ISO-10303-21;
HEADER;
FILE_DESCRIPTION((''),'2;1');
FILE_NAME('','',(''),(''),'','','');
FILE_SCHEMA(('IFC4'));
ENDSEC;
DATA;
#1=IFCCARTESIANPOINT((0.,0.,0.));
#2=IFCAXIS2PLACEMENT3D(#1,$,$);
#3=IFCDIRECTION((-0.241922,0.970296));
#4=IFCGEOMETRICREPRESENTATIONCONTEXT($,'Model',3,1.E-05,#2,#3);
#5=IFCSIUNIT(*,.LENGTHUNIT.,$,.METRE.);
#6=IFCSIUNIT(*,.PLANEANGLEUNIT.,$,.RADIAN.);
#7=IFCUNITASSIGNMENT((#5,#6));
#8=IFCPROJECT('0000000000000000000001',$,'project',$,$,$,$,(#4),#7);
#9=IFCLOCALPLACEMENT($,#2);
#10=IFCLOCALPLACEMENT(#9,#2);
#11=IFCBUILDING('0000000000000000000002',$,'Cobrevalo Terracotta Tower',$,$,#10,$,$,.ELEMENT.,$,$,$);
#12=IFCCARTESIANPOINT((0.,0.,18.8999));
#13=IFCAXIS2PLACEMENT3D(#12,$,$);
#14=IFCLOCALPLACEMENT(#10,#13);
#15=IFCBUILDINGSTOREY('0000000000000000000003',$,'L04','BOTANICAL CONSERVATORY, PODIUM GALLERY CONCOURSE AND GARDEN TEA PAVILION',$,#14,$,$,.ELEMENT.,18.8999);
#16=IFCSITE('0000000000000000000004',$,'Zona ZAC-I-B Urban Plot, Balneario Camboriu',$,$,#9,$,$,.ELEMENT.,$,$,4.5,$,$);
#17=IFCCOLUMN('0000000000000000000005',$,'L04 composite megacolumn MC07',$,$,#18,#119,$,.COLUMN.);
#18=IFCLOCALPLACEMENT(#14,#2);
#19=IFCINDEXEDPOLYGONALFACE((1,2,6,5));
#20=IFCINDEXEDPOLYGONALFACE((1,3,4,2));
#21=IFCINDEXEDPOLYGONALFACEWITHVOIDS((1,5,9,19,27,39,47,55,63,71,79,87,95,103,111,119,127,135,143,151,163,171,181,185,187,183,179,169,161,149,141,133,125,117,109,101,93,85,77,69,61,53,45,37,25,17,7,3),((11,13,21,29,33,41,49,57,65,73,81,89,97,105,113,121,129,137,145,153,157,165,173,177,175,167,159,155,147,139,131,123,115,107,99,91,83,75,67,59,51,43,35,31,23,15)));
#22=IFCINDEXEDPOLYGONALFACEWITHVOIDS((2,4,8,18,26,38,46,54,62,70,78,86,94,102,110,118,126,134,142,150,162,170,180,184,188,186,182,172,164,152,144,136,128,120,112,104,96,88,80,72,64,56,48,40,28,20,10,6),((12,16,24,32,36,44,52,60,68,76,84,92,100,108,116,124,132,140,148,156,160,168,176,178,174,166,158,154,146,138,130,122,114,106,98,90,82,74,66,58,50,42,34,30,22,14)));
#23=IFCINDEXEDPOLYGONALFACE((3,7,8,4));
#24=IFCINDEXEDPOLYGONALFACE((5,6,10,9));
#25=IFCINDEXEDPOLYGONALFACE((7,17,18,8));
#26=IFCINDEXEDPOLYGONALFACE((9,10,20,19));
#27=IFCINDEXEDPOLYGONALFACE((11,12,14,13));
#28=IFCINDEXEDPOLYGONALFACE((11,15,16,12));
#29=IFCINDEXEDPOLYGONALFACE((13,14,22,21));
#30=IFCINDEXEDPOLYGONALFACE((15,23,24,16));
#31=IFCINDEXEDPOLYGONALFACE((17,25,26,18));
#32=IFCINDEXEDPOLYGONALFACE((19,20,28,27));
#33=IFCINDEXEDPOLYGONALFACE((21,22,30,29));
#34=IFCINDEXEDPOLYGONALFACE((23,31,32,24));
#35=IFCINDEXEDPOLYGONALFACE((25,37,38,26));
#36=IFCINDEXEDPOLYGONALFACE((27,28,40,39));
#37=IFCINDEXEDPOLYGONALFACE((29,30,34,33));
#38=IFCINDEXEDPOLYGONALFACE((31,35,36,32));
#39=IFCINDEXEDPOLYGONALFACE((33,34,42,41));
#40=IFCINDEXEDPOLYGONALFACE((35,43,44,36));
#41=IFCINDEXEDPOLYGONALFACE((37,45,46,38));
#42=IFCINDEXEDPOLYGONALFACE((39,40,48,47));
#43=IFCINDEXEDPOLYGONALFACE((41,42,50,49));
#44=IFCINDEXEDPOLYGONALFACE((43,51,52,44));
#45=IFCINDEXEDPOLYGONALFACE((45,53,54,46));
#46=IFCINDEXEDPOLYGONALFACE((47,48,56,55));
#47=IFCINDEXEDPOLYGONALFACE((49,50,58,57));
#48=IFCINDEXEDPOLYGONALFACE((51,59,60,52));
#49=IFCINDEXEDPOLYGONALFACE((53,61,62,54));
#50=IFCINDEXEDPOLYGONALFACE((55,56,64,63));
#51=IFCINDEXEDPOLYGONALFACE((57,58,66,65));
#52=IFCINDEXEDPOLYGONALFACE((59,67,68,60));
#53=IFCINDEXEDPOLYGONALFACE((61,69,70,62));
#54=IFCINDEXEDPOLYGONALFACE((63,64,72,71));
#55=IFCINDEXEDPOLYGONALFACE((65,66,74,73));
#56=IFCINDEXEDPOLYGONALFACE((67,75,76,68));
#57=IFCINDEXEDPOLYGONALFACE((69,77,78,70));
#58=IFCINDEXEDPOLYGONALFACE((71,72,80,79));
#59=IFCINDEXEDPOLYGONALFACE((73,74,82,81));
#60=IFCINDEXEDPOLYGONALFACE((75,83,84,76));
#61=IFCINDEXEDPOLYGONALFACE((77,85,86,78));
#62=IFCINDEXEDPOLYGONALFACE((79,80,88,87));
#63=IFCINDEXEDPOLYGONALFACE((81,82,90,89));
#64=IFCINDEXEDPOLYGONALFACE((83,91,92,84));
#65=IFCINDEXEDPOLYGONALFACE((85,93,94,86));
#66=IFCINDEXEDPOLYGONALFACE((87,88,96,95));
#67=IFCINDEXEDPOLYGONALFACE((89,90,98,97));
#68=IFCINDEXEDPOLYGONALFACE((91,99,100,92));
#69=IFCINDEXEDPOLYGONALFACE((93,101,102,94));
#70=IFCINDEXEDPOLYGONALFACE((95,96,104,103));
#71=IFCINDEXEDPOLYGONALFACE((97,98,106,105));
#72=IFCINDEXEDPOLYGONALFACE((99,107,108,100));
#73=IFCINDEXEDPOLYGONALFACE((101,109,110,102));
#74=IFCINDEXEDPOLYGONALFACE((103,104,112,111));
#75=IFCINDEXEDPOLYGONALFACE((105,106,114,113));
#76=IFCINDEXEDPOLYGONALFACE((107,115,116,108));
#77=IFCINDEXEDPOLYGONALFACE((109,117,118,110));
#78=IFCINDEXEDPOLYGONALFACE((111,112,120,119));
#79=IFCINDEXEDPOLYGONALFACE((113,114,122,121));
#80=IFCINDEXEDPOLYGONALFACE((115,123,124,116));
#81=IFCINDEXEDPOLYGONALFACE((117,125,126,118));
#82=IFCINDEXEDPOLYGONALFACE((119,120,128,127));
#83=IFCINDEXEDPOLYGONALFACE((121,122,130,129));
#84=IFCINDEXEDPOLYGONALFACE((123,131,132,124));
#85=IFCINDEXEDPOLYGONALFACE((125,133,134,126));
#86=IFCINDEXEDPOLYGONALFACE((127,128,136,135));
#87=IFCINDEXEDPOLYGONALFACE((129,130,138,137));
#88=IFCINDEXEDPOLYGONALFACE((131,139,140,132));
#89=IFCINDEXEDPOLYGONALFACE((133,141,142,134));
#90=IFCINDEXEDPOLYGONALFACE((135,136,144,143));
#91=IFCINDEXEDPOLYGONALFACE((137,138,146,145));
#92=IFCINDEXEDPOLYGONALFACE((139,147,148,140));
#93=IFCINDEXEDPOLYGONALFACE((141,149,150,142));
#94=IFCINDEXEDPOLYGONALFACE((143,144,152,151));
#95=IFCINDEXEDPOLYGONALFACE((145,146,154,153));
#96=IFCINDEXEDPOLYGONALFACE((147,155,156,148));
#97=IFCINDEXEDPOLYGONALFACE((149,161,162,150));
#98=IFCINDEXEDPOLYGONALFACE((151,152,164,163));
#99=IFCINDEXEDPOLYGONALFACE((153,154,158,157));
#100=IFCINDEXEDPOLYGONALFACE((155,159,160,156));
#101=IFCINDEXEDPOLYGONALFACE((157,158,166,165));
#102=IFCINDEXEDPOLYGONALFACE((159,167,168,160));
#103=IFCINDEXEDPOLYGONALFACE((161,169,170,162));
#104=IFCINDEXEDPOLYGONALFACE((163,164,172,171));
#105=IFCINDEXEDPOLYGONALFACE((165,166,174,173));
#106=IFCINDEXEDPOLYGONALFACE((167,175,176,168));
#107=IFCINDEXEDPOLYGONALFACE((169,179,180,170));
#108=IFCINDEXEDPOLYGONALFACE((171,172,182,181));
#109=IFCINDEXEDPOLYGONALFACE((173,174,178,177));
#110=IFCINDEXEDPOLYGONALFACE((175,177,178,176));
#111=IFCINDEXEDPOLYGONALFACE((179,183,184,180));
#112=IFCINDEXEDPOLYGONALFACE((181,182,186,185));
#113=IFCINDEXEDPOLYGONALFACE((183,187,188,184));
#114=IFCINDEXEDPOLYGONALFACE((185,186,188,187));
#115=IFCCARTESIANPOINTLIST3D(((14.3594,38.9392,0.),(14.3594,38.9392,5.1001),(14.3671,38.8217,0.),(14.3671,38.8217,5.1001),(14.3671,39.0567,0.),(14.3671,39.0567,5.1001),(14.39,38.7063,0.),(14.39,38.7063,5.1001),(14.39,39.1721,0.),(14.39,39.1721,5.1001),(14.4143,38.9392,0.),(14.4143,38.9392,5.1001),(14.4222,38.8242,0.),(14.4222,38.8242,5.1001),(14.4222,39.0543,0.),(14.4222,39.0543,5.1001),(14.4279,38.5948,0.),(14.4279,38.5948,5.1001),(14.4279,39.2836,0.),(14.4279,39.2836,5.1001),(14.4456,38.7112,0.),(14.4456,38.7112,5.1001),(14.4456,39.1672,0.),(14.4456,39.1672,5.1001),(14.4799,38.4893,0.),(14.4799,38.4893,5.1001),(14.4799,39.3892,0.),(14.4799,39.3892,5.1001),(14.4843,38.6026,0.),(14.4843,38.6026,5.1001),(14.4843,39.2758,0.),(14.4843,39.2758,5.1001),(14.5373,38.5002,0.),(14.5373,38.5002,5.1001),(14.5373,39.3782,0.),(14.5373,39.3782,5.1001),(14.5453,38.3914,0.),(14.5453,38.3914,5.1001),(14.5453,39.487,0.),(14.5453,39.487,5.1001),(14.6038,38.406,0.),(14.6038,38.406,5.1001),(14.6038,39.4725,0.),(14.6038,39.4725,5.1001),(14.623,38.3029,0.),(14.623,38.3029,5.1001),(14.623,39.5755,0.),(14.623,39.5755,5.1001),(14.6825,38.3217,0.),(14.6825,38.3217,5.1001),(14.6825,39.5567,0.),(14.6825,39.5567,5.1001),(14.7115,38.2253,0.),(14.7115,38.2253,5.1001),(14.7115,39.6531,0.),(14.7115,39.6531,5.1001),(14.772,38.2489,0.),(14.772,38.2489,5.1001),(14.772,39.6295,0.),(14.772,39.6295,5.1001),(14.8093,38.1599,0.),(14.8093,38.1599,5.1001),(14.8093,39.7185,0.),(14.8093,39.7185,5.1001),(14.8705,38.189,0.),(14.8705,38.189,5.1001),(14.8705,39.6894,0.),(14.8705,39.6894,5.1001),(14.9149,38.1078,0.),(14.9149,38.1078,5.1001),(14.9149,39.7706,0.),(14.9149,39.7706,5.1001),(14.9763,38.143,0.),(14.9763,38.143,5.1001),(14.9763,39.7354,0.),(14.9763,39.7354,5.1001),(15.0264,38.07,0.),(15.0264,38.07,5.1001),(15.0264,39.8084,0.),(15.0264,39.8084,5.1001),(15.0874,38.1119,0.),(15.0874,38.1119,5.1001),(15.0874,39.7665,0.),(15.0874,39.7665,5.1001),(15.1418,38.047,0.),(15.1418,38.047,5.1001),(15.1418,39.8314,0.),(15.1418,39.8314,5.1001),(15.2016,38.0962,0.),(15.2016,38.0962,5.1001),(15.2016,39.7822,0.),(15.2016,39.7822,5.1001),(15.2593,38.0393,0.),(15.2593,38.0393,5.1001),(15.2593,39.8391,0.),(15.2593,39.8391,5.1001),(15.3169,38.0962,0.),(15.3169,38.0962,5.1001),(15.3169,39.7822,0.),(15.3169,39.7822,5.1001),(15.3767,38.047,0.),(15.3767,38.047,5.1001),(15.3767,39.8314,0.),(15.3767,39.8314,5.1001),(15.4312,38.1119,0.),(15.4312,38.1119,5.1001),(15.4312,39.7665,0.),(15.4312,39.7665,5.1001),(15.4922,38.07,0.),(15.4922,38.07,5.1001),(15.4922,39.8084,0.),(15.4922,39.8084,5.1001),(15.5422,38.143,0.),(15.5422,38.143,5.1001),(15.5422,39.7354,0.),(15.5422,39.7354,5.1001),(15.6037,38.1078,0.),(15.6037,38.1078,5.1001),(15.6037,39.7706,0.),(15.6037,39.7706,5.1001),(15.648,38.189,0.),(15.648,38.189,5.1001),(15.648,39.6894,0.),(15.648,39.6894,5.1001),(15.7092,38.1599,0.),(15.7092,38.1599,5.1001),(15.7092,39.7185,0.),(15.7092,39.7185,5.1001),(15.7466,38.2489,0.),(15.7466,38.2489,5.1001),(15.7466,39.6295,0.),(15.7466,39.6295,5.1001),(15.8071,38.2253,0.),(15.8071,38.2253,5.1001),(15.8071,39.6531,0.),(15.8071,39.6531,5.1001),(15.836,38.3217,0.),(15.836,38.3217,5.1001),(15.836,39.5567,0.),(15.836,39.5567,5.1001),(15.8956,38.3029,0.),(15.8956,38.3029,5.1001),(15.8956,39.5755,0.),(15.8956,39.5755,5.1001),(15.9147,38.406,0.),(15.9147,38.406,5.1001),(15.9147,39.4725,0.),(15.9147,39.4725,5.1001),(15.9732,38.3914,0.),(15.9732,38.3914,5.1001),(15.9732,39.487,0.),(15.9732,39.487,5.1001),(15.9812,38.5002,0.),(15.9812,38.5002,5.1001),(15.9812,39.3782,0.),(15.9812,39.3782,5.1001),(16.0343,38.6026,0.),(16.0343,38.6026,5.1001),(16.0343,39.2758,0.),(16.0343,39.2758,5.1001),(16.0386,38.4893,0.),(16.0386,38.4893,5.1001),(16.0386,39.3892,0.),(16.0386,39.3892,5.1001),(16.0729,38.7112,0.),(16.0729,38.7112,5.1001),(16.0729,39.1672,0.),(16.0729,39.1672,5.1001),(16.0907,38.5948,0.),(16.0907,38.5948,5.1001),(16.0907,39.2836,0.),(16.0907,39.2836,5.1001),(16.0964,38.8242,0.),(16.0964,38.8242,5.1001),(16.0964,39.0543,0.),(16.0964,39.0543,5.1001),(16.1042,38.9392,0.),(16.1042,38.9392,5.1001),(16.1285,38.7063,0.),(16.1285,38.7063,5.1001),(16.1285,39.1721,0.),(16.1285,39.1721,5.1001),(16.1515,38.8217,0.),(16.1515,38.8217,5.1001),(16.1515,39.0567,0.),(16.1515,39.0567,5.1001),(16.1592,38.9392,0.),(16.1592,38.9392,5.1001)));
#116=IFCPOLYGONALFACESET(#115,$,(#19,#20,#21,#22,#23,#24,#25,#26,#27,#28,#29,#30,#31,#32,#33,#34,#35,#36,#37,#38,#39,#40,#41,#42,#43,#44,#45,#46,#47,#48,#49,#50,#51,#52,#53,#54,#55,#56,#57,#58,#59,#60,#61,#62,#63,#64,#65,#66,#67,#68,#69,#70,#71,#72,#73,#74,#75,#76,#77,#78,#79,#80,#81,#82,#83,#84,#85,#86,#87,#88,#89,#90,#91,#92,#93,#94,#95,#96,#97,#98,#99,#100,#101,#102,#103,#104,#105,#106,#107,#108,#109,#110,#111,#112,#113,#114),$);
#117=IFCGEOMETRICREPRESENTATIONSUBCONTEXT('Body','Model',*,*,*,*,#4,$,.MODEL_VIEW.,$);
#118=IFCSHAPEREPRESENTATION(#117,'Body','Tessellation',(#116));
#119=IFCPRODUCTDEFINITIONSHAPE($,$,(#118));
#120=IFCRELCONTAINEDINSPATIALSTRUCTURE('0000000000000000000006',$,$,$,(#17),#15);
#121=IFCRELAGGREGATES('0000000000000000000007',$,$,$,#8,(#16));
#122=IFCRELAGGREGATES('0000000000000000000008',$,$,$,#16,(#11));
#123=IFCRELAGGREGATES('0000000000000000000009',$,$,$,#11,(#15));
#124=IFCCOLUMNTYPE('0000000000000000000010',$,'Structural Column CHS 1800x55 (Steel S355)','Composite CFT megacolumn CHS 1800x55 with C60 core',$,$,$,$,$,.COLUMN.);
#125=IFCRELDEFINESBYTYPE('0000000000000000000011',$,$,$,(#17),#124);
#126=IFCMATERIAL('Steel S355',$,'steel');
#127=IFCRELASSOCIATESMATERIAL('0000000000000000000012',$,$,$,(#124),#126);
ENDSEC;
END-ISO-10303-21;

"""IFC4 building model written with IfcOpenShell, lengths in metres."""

from ifc_helpers import new_model, si_unit, direction, frame, origin, origin_2d, place, context, subcontext, project, spatial, hollow_circle, extrude, material, material_profile, profile_set, type_object, element, save


model = new_model("IFC4")

# Units and contexts
model_context = context("Model", 3, precision=1e-05, world=origin(), true_north=direction((-0.241922, 0.970296)))
body_context = subcontext(model_context, "Body", "Model", "MODEL_VIEW")
ifc_project = project(units=[si_unit("LENGTHUNIT", "METRE"), si_unit("PLANEANGLEUNIT", "RADIAN")], contexts=[model_context])

# Site, building, storey
site_placement = place(None, origin())
site = spatial("IfcSite", under=ifc_project, at=site_placement, Name="Zona ZAC-I-B Urban Plot, Balneario Camboriu", CompositionType="ELEMENT", RefElevation=4.5)
building_placement = place(site_placement, origin())
building = spatial("IfcBuilding", under=site, at=building_placement, Name="Cobrevalo Terracotta Tower", CompositionType="ELEMENT")
storey_placement = place(building_placement, frame((0.0, 0.0, 18.8999)))
storey = spatial("IfcBuildingStorey", under=building, at=storey_placement, Name="L04", Description="BOTANICAL CONSERVATORY, PODIUM GALLERY CONCOURSE AND GARDEN TEA PAVILION", CompositionType="ELEMENT", Elevation=18.8999)

# Column
ifc_material_1 = material(Name="Steel S355", Category="steel")
ifc_material_profile_1 = material_profile(ifc_material_1, hollow_circle(Radius=0.8999, WallThickness=0.0549, at=origin_2d()), Name="CHS 1800x55")
ifc_profile_set_1 = profile_set([ifc_material_profile_1], Name="Steel S355")
column_type_1 = type_object("IfcColumnType", Name="Structural Column CHS 1800x55 (Steel S355)", Description="Composite CFT megacolumn CHS 1800x55 with C60 core", PredefinedType="COLUMN", material=ifc_profile_set_1)
for number, where, z_axis, x_axis, name in (
    (1, (15.2593, 38.9392, 0.0), (0.0, 0.0, 1.0), (1.0, 0.0, 0.0), "L04 composite megacolumn MC07"),
):
    element("IfcColumn", number, at=place(storey_placement, frame(where, z_axis=z_axis, x_axis=x_axis)), inside=storey, type_object=column_type_1, Name=name, PredefinedType="COLUMN", context=body_context, shape_type="SweptSolid", body=[
        extrude(hollow_circle(Radius=0.8999, WallThickness=0.0549, at=origin_2d()), origin(), (0.0, 0.0, 1.0), 5.1001),
    ])

save(model, "model.ifc")
